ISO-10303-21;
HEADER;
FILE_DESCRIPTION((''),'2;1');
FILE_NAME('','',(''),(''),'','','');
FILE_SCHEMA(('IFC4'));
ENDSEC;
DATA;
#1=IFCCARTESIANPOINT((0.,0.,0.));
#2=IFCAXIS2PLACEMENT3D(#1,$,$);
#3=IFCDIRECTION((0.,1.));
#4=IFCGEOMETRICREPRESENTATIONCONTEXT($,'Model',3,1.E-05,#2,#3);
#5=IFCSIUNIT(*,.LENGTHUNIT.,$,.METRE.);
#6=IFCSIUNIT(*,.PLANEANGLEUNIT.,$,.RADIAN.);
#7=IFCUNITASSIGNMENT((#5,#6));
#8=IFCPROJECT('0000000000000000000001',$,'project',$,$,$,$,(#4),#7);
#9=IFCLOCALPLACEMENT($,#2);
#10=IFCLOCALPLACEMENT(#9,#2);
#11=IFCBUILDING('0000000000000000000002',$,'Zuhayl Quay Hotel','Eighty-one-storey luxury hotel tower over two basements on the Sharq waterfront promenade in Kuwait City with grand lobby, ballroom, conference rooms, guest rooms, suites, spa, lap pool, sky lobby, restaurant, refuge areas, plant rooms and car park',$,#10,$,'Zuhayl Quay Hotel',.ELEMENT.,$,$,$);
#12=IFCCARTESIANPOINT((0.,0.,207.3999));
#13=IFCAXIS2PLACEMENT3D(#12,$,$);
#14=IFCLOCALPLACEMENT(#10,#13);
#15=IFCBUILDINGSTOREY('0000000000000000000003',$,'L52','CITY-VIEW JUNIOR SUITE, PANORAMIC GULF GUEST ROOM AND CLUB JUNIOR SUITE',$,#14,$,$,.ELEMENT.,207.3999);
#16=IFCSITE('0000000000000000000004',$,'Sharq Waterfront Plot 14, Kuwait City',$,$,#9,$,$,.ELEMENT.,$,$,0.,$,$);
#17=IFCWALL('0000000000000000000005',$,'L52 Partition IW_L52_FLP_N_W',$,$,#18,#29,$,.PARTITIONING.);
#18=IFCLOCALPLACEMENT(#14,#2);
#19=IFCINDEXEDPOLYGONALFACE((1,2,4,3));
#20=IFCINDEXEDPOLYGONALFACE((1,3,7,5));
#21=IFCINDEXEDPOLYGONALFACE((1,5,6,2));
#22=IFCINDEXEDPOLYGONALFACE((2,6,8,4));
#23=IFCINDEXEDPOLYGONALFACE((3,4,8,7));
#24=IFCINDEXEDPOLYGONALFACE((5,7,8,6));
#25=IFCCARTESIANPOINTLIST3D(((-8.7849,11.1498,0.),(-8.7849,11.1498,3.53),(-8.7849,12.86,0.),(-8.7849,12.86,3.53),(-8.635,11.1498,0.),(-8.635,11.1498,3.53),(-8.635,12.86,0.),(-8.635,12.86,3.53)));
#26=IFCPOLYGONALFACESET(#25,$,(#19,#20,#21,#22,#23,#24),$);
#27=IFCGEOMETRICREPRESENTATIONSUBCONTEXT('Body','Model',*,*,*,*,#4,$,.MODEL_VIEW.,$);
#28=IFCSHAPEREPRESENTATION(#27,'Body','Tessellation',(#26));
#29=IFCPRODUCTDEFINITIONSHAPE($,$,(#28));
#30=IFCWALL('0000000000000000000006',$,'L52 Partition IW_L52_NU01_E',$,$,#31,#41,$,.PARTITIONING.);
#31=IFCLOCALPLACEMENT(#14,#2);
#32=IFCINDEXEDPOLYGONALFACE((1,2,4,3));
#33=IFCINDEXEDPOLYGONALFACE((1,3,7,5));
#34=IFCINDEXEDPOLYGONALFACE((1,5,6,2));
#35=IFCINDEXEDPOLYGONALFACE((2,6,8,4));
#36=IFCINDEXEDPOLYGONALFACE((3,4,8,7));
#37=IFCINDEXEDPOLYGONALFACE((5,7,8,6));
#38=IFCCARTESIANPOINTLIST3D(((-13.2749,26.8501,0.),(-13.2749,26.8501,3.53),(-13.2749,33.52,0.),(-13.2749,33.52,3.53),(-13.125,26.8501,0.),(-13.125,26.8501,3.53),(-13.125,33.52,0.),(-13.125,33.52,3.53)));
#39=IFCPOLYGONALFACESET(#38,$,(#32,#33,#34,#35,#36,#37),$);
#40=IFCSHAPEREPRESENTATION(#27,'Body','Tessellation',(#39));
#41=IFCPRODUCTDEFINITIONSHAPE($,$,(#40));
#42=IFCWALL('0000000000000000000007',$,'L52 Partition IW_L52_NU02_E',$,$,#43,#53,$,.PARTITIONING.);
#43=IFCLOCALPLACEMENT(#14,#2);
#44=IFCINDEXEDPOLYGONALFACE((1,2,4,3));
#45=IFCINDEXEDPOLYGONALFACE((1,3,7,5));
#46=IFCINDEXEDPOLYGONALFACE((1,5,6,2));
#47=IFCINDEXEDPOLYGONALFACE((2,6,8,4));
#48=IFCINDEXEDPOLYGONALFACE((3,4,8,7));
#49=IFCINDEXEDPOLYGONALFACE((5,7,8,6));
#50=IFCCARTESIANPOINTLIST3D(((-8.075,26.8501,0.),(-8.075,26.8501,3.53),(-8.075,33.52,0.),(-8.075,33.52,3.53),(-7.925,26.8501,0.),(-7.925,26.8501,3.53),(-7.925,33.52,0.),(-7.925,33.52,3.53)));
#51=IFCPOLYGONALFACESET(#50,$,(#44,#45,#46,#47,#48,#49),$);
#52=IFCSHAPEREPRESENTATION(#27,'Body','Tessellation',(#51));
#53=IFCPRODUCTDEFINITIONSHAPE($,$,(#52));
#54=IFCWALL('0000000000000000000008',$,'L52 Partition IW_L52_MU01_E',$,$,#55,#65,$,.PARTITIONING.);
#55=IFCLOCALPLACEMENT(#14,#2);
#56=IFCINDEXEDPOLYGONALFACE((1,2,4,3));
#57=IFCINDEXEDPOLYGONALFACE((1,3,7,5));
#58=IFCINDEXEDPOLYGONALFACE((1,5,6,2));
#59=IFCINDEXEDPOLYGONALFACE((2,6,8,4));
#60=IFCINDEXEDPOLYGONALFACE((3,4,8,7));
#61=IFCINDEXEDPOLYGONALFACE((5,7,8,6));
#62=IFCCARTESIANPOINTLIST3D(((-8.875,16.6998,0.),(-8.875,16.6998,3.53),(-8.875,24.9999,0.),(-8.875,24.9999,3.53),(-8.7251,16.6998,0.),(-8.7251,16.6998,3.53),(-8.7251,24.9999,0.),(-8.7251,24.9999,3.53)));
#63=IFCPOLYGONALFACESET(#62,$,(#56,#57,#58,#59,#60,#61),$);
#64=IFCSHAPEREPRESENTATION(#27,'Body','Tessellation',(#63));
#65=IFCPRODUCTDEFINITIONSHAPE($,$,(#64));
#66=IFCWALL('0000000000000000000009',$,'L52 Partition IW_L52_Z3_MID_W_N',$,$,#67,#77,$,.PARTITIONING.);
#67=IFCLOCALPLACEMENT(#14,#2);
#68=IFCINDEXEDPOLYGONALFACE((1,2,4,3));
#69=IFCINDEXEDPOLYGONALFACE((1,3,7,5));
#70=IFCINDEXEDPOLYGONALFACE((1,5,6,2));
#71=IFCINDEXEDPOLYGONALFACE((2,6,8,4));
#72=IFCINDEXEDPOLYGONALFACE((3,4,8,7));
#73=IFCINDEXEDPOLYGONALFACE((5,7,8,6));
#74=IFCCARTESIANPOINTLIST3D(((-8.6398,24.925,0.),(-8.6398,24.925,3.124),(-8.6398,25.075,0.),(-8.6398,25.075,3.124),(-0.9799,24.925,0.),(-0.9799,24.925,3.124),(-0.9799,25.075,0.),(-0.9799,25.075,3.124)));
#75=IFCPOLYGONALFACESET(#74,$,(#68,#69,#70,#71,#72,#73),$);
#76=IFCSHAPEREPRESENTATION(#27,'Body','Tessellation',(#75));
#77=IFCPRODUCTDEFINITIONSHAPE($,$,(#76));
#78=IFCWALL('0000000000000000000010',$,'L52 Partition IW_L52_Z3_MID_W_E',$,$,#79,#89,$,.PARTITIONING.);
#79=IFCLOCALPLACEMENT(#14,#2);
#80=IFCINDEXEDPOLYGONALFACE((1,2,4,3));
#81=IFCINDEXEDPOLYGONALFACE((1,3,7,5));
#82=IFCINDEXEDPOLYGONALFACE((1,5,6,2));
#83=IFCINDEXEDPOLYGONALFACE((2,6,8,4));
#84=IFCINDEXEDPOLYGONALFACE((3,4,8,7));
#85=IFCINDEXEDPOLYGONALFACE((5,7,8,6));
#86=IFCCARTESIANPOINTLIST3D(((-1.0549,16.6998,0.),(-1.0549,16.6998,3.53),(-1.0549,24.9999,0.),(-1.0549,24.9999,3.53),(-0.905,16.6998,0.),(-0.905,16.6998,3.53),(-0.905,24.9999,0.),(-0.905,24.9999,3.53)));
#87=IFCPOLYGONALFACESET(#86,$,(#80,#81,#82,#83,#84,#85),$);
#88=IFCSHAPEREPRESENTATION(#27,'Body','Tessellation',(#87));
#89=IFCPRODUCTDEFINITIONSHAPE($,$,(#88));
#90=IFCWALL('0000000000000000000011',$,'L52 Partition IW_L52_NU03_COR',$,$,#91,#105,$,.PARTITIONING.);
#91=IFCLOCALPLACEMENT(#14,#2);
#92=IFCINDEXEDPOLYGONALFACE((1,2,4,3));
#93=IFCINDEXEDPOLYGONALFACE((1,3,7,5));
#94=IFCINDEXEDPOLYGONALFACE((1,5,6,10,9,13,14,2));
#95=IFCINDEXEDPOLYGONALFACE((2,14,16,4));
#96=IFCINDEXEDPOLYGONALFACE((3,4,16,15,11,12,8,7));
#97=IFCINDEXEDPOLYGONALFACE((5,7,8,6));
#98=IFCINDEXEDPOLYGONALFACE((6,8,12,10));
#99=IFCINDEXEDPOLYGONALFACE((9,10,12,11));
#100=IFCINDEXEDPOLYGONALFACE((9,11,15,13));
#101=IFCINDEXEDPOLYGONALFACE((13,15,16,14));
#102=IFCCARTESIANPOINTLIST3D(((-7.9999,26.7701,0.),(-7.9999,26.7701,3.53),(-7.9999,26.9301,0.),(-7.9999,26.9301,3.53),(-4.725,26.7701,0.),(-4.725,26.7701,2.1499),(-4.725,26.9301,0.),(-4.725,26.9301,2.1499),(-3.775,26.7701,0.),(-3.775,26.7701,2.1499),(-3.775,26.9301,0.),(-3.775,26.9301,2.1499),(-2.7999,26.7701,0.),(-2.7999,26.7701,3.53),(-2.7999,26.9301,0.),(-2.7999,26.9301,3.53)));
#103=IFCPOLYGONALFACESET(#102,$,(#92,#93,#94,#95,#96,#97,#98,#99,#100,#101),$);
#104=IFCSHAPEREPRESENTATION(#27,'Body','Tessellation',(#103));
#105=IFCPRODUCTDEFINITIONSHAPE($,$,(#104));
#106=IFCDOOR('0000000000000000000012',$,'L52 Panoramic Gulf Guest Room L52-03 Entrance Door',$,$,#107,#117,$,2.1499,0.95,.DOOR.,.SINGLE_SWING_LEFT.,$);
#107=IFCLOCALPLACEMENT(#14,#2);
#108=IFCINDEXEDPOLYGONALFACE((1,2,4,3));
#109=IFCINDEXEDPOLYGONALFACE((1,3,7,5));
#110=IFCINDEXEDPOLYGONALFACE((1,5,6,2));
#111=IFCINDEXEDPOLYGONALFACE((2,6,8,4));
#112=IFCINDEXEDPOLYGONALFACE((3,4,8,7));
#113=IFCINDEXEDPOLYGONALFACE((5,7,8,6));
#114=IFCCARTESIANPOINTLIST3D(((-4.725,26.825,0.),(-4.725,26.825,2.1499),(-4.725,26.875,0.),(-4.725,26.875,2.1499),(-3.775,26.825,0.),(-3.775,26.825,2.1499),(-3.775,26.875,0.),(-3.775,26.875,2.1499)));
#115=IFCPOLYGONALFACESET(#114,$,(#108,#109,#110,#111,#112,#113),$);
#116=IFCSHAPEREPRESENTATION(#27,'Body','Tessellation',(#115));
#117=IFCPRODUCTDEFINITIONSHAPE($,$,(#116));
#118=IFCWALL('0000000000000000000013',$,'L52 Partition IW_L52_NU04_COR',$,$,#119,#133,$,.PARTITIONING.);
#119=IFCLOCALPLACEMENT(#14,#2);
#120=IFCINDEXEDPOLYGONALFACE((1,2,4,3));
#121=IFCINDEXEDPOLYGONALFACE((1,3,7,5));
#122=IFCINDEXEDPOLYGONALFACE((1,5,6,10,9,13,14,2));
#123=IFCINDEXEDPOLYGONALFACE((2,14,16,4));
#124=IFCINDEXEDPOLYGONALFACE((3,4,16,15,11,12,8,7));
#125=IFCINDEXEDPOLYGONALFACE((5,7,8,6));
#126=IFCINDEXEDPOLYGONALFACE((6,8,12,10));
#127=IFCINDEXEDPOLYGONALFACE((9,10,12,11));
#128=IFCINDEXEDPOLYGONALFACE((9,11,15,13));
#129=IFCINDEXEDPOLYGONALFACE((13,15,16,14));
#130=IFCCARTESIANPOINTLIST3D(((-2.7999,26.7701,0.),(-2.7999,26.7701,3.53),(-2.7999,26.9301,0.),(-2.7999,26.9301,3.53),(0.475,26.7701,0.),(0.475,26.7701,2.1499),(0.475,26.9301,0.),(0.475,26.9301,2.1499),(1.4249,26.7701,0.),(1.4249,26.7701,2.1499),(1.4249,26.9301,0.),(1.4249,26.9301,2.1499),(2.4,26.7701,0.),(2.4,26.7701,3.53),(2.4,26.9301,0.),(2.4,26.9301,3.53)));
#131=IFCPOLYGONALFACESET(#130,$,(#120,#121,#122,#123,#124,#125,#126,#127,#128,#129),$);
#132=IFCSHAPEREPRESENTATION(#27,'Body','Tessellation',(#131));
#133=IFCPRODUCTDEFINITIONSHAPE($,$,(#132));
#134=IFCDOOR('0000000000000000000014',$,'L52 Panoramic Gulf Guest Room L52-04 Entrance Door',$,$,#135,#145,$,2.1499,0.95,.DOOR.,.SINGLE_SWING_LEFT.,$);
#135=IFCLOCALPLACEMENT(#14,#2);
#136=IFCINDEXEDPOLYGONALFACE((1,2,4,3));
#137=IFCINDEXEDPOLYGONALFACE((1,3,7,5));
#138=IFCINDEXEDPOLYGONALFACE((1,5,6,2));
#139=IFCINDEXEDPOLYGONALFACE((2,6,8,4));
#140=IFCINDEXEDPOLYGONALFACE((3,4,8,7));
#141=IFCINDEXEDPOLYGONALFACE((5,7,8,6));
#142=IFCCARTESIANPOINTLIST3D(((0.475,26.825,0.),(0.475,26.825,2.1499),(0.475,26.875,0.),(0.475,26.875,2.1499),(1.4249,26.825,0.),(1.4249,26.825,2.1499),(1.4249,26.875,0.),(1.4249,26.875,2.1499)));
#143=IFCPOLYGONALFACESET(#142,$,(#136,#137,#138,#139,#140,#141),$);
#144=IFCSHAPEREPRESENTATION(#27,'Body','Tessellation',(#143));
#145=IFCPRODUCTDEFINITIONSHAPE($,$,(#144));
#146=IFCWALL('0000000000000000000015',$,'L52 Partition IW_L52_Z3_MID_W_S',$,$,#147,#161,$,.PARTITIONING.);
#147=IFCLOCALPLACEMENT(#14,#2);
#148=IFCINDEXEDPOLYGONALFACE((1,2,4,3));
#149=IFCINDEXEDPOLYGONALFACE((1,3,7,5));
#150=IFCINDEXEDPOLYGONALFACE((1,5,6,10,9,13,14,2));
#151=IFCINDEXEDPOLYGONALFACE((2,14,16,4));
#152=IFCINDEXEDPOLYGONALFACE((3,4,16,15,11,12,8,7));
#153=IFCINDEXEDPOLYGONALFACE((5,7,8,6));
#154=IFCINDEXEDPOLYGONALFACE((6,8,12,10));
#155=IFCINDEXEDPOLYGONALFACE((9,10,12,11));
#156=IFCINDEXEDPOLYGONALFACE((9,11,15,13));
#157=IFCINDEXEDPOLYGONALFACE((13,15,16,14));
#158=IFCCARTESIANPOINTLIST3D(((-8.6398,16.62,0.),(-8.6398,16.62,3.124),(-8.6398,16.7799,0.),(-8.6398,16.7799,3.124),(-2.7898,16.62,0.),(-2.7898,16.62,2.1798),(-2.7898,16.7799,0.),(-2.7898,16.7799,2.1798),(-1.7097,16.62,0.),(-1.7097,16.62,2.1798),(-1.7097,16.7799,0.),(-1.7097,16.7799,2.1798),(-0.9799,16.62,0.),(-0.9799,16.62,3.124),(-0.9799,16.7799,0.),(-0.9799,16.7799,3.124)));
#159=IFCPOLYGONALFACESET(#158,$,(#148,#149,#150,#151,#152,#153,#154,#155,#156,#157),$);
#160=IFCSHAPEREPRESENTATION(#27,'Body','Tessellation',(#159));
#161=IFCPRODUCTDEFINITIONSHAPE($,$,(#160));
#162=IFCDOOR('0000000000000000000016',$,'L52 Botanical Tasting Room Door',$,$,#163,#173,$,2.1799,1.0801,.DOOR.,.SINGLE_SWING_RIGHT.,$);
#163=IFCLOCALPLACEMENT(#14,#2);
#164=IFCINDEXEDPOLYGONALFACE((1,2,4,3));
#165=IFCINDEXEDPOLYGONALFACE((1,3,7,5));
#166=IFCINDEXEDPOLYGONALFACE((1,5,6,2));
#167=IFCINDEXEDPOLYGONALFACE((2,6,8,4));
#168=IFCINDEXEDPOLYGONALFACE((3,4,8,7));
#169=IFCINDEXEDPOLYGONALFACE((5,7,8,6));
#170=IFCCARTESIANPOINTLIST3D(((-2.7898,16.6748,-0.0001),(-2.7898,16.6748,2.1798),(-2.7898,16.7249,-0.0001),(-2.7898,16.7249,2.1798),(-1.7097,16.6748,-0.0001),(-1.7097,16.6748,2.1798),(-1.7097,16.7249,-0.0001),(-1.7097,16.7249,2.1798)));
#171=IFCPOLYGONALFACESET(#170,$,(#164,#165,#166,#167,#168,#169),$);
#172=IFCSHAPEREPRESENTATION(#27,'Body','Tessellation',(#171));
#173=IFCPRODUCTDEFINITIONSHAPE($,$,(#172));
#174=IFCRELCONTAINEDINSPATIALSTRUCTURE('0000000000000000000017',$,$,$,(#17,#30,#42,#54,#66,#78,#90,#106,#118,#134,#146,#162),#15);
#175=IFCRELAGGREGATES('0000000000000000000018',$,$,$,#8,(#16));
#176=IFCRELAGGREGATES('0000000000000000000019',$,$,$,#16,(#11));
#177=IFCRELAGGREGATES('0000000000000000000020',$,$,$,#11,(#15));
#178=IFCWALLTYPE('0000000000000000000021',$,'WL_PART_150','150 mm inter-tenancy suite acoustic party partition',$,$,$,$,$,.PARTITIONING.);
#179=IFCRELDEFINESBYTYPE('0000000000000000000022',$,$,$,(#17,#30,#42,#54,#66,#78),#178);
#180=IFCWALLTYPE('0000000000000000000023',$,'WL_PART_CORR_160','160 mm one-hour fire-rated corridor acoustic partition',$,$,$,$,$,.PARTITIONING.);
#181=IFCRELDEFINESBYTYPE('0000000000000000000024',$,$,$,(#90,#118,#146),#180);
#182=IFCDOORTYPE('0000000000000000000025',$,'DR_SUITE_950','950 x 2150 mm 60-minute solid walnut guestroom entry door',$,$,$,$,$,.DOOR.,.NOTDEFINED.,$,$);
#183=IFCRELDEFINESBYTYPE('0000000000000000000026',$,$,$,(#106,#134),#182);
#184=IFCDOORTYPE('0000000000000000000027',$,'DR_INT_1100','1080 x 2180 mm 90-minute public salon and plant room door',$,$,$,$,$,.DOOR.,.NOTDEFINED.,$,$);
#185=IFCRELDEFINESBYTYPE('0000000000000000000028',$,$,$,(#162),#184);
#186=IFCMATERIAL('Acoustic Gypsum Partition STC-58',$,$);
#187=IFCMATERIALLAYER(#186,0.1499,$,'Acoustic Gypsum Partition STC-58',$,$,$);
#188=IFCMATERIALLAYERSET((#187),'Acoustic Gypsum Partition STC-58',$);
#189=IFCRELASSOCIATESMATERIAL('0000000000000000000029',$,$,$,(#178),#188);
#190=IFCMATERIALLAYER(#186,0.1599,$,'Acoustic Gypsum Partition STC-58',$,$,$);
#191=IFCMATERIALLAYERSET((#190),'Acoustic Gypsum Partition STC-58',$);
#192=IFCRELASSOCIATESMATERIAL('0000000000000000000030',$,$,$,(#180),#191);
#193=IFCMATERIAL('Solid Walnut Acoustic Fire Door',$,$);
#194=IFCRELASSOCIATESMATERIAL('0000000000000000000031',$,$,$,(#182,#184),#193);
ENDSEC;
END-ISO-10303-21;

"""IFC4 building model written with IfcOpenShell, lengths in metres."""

from ifc_helpers import new_model, si_unit, direction, frame, frame_2d, origin, place, context, subcontext, project, spatial, rectangle, extrude, material, layer, layer_set, type_object, element, fill, save


model = new_model("IFC4")

# Units and contexts
model_context = context("Model", 3, precision=1e-05, world=origin(), true_north=direction((0.0, 1.0)))
body_context = subcontext(model_context, "Body", "Model", "MODEL_VIEW")
ifc_project = project(units=[si_unit("LENGTHUNIT", "METRE"), si_unit("PLANEANGLEUNIT", "RADIAN")], contexts=[model_context])

# Site, building, storey
site_placement = place(None, origin())
site = spatial("IfcSite", under=ifc_project, at=site_placement, Name="Sharq Waterfront Plot 14, Kuwait City", CompositionType="ELEMENT", RefElevation=0.0)
building_placement = place(site_placement, origin())
building = spatial("IfcBuilding", under=site, at=building_placement, Name="Zuhayl Quay Hotel", Description="Eighty-one-storey luxury hotel tower over two basements on the Sharq waterfront promenade in Kuwait City with grand lobby, ballroom, conference rooms, guest rooms, suites, spa, lap pool, sky lobby, restaurant, refuge areas, plant rooms and car park", LongName="Zuhayl Quay Hotel", CompositionType="ELEMENT")
storey_placement = place(building_placement, frame((0.0, 0.0, 207.3999)))
storey = spatial("IfcBuildingStorey", under=building, at=storey_placement, Name="L52", Description="CITY-VIEW JUNIOR SUITE, PANORAMIC GULF GUEST ROOM AND CLUB JUNIOR SUITE", CompositionType="ELEMENT", Elevation=207.3999)

# Shared definitions
ifc_material_1 = material(Name="Acoustic Gypsum Partition STC-58")
ifc_layer_1 = layer(ifc_material_1, 0.1499, Name="Acoustic Gypsum Partition STC-58")
ifc_layer_set_1 = layer_set([ifc_layer_1], Name="Acoustic Gypsum Partition STC-58")
wall_type_1 = type_object("IfcWallType", Name="WL_PART_150", Description="150 mm inter-tenancy suite acoustic party partition", PredefinedType="PARTITIONING", material=ifc_layer_set_1)

# Walls
wall_1_placement = place(storey_placement, frame((-8.71, 11.1499, 0.0), z_axis=(0.0, 0.0, 1.0), x_axis=(0.0, 1.0, 0.0)))
element("IfcWall", 1, at=wall_1_placement, inside=storey, type_object=wall_type_1, Name="L52 Partition IW_L52_FLP_N_W", PredefinedType="PARTITIONING", context=body_context, shape_type="SweptSolid", body=[
    extrude(rectangle(XDim=1.7102, YDim=0.1499, at=frame_2d((0.855, 0.0))), origin(), (0.0, 0.0, 1.0), 3.53),
])
for number, where, z_axis, x_axis, name in (
    (2, (-13.2, 26.8501, 0.0), (0.0, 0.0, 1.0), (0.0, 1.0, 0.0), "L52 Partition IW_L52_NU01_E"),
    (3, (-8.0, 26.8501, 0.0), (0.0, 0.0, 1.0), (0.0, 1.0, 0.0), "L52 Partition IW_L52_NU02_E"),
):
    element("IfcWall", number, at=place(storey_placement, frame(where, z_axis=z_axis, x_axis=x_axis)), inside=storey, type_object=wall_type_1, Name=name, PredefinedType="PARTITIONING", context=body_context, shape_type="SweptSolid", body=[
        extrude(rectangle(XDim=6.6699, YDim=0.1499, at=frame_2d((3.335, 0.0))), origin(), (0.0, 0.0, 1.0), 3.53),
    ])
wall_2_placement = place(storey_placement, frame((-8.8, 16.7, 0.0), z_axis=(0.0, 0.0, 1.0), x_axis=(0.0, 1.0, 0.0)))
element("IfcWall", 4, at=wall_2_placement, inside=storey, type_object=wall_type_1, Name="L52 Partition IW_L52_MU01_E", PredefinedType="PARTITIONING", context=body_context, shape_type="SweptSolid", body=[
    extrude(rectangle(XDim=8.3, YDim=0.1499, at=frame_2d((4.1499, 0.0))), origin(), (0.0, 0.0, 1.0), 3.53),
])
wall_3_placement = place(storey_placement, frame((-8.6399, 25.0, 0.0), z_axis=(0.0, 0.0, 1.0), x_axis=(1.0, 0.0, 0.0)))
element("IfcWall", 5, at=wall_3_placement, inside=storey, type_object=wall_type_1, Name="L52 Partition IW_L52_Z3_MID_W_N", PredefinedType="PARTITIONING", context=body_context, shape_type="SweptSolid", body=[
    extrude(rectangle(XDim=7.6599, YDim=0.1499, at=frame_2d((3.8301, 0.0))), origin(), (0.0, 0.0, 1.0), 3.124),
])
wall_4_placement = place(storey_placement, frame((-0.98, 16.7, 0.0), z_axis=(0.0, 0.0, 1.0), x_axis=(0.0, 1.0, 0.0)))
element("IfcWall", 6, at=wall_4_placement, inside=storey, type_object=wall_type_1, Name="L52 Partition IW_L52_Z3_MID_W_E", PredefinedType="PARTITIONING", context=body_context, shape_type="SweptSolid", body=[
    extrude(rectangle(XDim=8.3, YDim=0.1499, at=frame_2d((4.1499, 0.0))), origin(), (0.0, 0.0, 1.0), 3.53),
])

# Walls, openings, doors
ifc_layer_2 = layer(ifc_material_1, 0.1599, Name="Acoustic Gypsum Partition STC-58")
ifc_layer_set_2 = layer_set([ifc_layer_2], Name="Acoustic Gypsum Partition STC-58")
wall_type_2 = type_object("IfcWallType", Name="WL_PART_CORR_160", Description="160 mm one-hour fire-rated corridor acoustic partition", PredefinedType="PARTITIONING", material=ifc_layer_set_2)
wall_5_placement = place(storey_placement, frame((-8.0, 26.8501, 0.0), z_axis=(0.0, 0.0, 1.0), x_axis=(1.0, 0.0, 0.0)))
wall_5 = element("IfcWall", 7, at=wall_5_placement, inside=storey, type_object=wall_type_2, Name="L52 Partition IW_L52_NU03_COR", PredefinedType="PARTITIONING", context=body_context, shape_type="SweptSolid", body=[
    extrude(rectangle(XDim=5.2, YDim=0.1599, at=frame_2d((2.6001, 0.0))), origin(), (0.0, 0.0, 1.0), 3.53),
])
opening_1_placement = place(wall_5_placement, frame((3.2749, 0.0, 0.0)))
opening_1 = element("IfcOpeningElement", 8, at=opening_1_placement, cuts=wall_5, PredefinedType="OPENING", context=body_context, shape_type="SweptSolid", body=[
    extrude(rectangle(XDim=0.95, YDim=2.1499, at=frame_2d((0.4751, 1.075))), frame((0.0, 0.0898, 0.0), z_axis=(0.0, -1.0, 0.0), x_axis=(1.0, 0.0, 0.0)), (0.0, 0.0, 1.0), 0.1799),
])
ifc_material_2 = material(Name="Solid Walnut Acoustic Fire Door")
door_type_1 = type_object("IfcDoorType", Name="DR_SUITE_950", Description="950 x 2150 mm 60-minute solid walnut guestroom entry door", OperationType="NOTDEFINED", PredefinedType="DOOR", material=ifc_material_2)
door_1_placement = place(opening_1_placement, origin())
door_1 = element("IfcDoor", 9, at=door_1_placement, inside=storey, type_object=door_type_1, Name="L52 Panoramic Gulf Guest Room L52-03 Entrance Door", OperationType="SINGLE_SWING_LEFT", OverallHeight=2.1499, OverallWidth=0.95, PredefinedType="DOOR", context=body_context, shape_type="SweptSolid", body=[
    extrude(rectangle(XDim=0.95, YDim=2.1499, at=frame_2d((0.4751, 1.075))), frame((0.0, 0.0249, 0.0), z_axis=(0.0, -1.0, 0.0), x_axis=(1.0, 0.0, 0.0)), (0.0, 0.0, 1.0), 0.05),
])
fill(opening_1, door_1)
wall_6_placement = place(storey_placement, frame((-2.8, 26.8501, 0.0), z_axis=(0.0, 0.0, 1.0), x_axis=(1.0, 0.0, 0.0)))
wall_6 = element("IfcWall", 10, at=wall_6_placement, inside=storey, type_object=wall_type_2, Name="L52 Partition IW_L52_NU04_COR", PredefinedType="PARTITIONING", context=body_context, shape_type="SweptSolid", body=[
    extrude(rectangle(XDim=5.2, YDim=0.1599, at=frame_2d((2.6001, 0.0))), origin(), (0.0, 0.0, 1.0), 3.53),
])
opening_2_placement = place(wall_6_placement, frame((3.2749, 0.0, 0.0)))
opening_2 = element("IfcOpeningElement", 11, at=opening_2_placement, cuts=wall_6, PredefinedType="OPENING", context=body_context, shape_type="SweptSolid", body=[
    extrude(rectangle(XDim=0.95, YDim=2.1499, at=frame_2d((0.4751, 1.075))), frame((0.0, 0.0898, 0.0), z_axis=(0.0, -1.0, 0.0), x_axis=(1.0, 0.0, 0.0)), (0.0, 0.0, 1.0), 0.1799),
])
door_2_placement = place(opening_2_placement, origin())
door_2 = element("IfcDoor", 12, at=door_2_placement, inside=storey, type_object=door_type_1, Name="L52 Panoramic Gulf Guest Room L52-04 Entrance Door", OperationType="SINGLE_SWING_LEFT", OverallHeight=2.1499, OverallWidth=0.95, PredefinedType="DOOR", context=body_context, shape_type="SweptSolid", body=[
    extrude(rectangle(XDim=0.95, YDim=2.1499, at=frame_2d((0.4751, 1.075))), frame((0.0, 0.0249, 0.0), z_axis=(0.0, -1.0, 0.0), x_axis=(1.0, 0.0, 0.0)), (0.0, 0.0, 1.0), 0.05),
])
fill(opening_2, door_2)
wall_7_placement = place(storey_placement, frame((-8.6399, 16.7, 0.0), z_axis=(0.0, 0.0, 1.0), x_axis=(1.0, 0.0, 0.0)))
wall_7 = element("IfcWall", 13, at=wall_7_placement, inside=storey, type_object=wall_type_2, Name="L52 Partition IW_L52_Z3_MID_W_S", PredefinedType="PARTITIONING", context=body_context, shape_type="SweptSolid", body=[
    extrude(rectangle(XDim=7.6599, YDim=0.1599, at=frame_2d((3.8301, 0.0))), origin(), (0.0, 0.0, 1.0), 3.124),
])
opening_3_placement = place(wall_7_placement, frame((5.8501, 0.0, 0.0)))
opening_3 = element("IfcOpeningElement", 14, at=opening_3_placement, cuts=wall_7, PredefinedType="OPENING", context=body_context, shape_type="SweptSolid", body=[
    extrude(rectangle(XDim=1.0801, YDim=2.1799, at=frame_2d((0.54, 1.0898))), frame((0.0, 0.0898, 0.0), z_axis=(0.0, -1.0, 0.0), x_axis=(1.0, 0.0, 0.0)), (0.0, 0.0, 1.0), 0.1799),
])
door_type_2 = type_object("IfcDoorType", Name="DR_INT_1100", Description="1080 x 2180 mm 90-minute public salon and plant room door", OperationType="NOTDEFINED", PredefinedType="DOOR", material=ifc_material_2)
door_3_placement = place(opening_3_placement, origin())
door_3 = element("IfcDoor", 15, at=door_3_placement, inside=storey, type_object=door_type_2, Name="L52 Botanical Tasting Room Door", OperationType="SINGLE_SWING_RIGHT", OverallHeight=2.1799, OverallWidth=1.0801, PredefinedType="DOOR", context=body_context, shape_type="SweptSolid", body=[
    extrude(rectangle(XDim=1.0801, YDim=2.1799, at=frame_2d((0.54, 1.0898))), frame((0.0, 0.0249, 0.0), z_axis=(0.0, -1.0, 0.0), x_axis=(1.0, 0.0, 0.0)), (0.0, 0.0, 1.0), 0.05),
])
fill(opening_3, door_3)

save(model, "model.ifc")
